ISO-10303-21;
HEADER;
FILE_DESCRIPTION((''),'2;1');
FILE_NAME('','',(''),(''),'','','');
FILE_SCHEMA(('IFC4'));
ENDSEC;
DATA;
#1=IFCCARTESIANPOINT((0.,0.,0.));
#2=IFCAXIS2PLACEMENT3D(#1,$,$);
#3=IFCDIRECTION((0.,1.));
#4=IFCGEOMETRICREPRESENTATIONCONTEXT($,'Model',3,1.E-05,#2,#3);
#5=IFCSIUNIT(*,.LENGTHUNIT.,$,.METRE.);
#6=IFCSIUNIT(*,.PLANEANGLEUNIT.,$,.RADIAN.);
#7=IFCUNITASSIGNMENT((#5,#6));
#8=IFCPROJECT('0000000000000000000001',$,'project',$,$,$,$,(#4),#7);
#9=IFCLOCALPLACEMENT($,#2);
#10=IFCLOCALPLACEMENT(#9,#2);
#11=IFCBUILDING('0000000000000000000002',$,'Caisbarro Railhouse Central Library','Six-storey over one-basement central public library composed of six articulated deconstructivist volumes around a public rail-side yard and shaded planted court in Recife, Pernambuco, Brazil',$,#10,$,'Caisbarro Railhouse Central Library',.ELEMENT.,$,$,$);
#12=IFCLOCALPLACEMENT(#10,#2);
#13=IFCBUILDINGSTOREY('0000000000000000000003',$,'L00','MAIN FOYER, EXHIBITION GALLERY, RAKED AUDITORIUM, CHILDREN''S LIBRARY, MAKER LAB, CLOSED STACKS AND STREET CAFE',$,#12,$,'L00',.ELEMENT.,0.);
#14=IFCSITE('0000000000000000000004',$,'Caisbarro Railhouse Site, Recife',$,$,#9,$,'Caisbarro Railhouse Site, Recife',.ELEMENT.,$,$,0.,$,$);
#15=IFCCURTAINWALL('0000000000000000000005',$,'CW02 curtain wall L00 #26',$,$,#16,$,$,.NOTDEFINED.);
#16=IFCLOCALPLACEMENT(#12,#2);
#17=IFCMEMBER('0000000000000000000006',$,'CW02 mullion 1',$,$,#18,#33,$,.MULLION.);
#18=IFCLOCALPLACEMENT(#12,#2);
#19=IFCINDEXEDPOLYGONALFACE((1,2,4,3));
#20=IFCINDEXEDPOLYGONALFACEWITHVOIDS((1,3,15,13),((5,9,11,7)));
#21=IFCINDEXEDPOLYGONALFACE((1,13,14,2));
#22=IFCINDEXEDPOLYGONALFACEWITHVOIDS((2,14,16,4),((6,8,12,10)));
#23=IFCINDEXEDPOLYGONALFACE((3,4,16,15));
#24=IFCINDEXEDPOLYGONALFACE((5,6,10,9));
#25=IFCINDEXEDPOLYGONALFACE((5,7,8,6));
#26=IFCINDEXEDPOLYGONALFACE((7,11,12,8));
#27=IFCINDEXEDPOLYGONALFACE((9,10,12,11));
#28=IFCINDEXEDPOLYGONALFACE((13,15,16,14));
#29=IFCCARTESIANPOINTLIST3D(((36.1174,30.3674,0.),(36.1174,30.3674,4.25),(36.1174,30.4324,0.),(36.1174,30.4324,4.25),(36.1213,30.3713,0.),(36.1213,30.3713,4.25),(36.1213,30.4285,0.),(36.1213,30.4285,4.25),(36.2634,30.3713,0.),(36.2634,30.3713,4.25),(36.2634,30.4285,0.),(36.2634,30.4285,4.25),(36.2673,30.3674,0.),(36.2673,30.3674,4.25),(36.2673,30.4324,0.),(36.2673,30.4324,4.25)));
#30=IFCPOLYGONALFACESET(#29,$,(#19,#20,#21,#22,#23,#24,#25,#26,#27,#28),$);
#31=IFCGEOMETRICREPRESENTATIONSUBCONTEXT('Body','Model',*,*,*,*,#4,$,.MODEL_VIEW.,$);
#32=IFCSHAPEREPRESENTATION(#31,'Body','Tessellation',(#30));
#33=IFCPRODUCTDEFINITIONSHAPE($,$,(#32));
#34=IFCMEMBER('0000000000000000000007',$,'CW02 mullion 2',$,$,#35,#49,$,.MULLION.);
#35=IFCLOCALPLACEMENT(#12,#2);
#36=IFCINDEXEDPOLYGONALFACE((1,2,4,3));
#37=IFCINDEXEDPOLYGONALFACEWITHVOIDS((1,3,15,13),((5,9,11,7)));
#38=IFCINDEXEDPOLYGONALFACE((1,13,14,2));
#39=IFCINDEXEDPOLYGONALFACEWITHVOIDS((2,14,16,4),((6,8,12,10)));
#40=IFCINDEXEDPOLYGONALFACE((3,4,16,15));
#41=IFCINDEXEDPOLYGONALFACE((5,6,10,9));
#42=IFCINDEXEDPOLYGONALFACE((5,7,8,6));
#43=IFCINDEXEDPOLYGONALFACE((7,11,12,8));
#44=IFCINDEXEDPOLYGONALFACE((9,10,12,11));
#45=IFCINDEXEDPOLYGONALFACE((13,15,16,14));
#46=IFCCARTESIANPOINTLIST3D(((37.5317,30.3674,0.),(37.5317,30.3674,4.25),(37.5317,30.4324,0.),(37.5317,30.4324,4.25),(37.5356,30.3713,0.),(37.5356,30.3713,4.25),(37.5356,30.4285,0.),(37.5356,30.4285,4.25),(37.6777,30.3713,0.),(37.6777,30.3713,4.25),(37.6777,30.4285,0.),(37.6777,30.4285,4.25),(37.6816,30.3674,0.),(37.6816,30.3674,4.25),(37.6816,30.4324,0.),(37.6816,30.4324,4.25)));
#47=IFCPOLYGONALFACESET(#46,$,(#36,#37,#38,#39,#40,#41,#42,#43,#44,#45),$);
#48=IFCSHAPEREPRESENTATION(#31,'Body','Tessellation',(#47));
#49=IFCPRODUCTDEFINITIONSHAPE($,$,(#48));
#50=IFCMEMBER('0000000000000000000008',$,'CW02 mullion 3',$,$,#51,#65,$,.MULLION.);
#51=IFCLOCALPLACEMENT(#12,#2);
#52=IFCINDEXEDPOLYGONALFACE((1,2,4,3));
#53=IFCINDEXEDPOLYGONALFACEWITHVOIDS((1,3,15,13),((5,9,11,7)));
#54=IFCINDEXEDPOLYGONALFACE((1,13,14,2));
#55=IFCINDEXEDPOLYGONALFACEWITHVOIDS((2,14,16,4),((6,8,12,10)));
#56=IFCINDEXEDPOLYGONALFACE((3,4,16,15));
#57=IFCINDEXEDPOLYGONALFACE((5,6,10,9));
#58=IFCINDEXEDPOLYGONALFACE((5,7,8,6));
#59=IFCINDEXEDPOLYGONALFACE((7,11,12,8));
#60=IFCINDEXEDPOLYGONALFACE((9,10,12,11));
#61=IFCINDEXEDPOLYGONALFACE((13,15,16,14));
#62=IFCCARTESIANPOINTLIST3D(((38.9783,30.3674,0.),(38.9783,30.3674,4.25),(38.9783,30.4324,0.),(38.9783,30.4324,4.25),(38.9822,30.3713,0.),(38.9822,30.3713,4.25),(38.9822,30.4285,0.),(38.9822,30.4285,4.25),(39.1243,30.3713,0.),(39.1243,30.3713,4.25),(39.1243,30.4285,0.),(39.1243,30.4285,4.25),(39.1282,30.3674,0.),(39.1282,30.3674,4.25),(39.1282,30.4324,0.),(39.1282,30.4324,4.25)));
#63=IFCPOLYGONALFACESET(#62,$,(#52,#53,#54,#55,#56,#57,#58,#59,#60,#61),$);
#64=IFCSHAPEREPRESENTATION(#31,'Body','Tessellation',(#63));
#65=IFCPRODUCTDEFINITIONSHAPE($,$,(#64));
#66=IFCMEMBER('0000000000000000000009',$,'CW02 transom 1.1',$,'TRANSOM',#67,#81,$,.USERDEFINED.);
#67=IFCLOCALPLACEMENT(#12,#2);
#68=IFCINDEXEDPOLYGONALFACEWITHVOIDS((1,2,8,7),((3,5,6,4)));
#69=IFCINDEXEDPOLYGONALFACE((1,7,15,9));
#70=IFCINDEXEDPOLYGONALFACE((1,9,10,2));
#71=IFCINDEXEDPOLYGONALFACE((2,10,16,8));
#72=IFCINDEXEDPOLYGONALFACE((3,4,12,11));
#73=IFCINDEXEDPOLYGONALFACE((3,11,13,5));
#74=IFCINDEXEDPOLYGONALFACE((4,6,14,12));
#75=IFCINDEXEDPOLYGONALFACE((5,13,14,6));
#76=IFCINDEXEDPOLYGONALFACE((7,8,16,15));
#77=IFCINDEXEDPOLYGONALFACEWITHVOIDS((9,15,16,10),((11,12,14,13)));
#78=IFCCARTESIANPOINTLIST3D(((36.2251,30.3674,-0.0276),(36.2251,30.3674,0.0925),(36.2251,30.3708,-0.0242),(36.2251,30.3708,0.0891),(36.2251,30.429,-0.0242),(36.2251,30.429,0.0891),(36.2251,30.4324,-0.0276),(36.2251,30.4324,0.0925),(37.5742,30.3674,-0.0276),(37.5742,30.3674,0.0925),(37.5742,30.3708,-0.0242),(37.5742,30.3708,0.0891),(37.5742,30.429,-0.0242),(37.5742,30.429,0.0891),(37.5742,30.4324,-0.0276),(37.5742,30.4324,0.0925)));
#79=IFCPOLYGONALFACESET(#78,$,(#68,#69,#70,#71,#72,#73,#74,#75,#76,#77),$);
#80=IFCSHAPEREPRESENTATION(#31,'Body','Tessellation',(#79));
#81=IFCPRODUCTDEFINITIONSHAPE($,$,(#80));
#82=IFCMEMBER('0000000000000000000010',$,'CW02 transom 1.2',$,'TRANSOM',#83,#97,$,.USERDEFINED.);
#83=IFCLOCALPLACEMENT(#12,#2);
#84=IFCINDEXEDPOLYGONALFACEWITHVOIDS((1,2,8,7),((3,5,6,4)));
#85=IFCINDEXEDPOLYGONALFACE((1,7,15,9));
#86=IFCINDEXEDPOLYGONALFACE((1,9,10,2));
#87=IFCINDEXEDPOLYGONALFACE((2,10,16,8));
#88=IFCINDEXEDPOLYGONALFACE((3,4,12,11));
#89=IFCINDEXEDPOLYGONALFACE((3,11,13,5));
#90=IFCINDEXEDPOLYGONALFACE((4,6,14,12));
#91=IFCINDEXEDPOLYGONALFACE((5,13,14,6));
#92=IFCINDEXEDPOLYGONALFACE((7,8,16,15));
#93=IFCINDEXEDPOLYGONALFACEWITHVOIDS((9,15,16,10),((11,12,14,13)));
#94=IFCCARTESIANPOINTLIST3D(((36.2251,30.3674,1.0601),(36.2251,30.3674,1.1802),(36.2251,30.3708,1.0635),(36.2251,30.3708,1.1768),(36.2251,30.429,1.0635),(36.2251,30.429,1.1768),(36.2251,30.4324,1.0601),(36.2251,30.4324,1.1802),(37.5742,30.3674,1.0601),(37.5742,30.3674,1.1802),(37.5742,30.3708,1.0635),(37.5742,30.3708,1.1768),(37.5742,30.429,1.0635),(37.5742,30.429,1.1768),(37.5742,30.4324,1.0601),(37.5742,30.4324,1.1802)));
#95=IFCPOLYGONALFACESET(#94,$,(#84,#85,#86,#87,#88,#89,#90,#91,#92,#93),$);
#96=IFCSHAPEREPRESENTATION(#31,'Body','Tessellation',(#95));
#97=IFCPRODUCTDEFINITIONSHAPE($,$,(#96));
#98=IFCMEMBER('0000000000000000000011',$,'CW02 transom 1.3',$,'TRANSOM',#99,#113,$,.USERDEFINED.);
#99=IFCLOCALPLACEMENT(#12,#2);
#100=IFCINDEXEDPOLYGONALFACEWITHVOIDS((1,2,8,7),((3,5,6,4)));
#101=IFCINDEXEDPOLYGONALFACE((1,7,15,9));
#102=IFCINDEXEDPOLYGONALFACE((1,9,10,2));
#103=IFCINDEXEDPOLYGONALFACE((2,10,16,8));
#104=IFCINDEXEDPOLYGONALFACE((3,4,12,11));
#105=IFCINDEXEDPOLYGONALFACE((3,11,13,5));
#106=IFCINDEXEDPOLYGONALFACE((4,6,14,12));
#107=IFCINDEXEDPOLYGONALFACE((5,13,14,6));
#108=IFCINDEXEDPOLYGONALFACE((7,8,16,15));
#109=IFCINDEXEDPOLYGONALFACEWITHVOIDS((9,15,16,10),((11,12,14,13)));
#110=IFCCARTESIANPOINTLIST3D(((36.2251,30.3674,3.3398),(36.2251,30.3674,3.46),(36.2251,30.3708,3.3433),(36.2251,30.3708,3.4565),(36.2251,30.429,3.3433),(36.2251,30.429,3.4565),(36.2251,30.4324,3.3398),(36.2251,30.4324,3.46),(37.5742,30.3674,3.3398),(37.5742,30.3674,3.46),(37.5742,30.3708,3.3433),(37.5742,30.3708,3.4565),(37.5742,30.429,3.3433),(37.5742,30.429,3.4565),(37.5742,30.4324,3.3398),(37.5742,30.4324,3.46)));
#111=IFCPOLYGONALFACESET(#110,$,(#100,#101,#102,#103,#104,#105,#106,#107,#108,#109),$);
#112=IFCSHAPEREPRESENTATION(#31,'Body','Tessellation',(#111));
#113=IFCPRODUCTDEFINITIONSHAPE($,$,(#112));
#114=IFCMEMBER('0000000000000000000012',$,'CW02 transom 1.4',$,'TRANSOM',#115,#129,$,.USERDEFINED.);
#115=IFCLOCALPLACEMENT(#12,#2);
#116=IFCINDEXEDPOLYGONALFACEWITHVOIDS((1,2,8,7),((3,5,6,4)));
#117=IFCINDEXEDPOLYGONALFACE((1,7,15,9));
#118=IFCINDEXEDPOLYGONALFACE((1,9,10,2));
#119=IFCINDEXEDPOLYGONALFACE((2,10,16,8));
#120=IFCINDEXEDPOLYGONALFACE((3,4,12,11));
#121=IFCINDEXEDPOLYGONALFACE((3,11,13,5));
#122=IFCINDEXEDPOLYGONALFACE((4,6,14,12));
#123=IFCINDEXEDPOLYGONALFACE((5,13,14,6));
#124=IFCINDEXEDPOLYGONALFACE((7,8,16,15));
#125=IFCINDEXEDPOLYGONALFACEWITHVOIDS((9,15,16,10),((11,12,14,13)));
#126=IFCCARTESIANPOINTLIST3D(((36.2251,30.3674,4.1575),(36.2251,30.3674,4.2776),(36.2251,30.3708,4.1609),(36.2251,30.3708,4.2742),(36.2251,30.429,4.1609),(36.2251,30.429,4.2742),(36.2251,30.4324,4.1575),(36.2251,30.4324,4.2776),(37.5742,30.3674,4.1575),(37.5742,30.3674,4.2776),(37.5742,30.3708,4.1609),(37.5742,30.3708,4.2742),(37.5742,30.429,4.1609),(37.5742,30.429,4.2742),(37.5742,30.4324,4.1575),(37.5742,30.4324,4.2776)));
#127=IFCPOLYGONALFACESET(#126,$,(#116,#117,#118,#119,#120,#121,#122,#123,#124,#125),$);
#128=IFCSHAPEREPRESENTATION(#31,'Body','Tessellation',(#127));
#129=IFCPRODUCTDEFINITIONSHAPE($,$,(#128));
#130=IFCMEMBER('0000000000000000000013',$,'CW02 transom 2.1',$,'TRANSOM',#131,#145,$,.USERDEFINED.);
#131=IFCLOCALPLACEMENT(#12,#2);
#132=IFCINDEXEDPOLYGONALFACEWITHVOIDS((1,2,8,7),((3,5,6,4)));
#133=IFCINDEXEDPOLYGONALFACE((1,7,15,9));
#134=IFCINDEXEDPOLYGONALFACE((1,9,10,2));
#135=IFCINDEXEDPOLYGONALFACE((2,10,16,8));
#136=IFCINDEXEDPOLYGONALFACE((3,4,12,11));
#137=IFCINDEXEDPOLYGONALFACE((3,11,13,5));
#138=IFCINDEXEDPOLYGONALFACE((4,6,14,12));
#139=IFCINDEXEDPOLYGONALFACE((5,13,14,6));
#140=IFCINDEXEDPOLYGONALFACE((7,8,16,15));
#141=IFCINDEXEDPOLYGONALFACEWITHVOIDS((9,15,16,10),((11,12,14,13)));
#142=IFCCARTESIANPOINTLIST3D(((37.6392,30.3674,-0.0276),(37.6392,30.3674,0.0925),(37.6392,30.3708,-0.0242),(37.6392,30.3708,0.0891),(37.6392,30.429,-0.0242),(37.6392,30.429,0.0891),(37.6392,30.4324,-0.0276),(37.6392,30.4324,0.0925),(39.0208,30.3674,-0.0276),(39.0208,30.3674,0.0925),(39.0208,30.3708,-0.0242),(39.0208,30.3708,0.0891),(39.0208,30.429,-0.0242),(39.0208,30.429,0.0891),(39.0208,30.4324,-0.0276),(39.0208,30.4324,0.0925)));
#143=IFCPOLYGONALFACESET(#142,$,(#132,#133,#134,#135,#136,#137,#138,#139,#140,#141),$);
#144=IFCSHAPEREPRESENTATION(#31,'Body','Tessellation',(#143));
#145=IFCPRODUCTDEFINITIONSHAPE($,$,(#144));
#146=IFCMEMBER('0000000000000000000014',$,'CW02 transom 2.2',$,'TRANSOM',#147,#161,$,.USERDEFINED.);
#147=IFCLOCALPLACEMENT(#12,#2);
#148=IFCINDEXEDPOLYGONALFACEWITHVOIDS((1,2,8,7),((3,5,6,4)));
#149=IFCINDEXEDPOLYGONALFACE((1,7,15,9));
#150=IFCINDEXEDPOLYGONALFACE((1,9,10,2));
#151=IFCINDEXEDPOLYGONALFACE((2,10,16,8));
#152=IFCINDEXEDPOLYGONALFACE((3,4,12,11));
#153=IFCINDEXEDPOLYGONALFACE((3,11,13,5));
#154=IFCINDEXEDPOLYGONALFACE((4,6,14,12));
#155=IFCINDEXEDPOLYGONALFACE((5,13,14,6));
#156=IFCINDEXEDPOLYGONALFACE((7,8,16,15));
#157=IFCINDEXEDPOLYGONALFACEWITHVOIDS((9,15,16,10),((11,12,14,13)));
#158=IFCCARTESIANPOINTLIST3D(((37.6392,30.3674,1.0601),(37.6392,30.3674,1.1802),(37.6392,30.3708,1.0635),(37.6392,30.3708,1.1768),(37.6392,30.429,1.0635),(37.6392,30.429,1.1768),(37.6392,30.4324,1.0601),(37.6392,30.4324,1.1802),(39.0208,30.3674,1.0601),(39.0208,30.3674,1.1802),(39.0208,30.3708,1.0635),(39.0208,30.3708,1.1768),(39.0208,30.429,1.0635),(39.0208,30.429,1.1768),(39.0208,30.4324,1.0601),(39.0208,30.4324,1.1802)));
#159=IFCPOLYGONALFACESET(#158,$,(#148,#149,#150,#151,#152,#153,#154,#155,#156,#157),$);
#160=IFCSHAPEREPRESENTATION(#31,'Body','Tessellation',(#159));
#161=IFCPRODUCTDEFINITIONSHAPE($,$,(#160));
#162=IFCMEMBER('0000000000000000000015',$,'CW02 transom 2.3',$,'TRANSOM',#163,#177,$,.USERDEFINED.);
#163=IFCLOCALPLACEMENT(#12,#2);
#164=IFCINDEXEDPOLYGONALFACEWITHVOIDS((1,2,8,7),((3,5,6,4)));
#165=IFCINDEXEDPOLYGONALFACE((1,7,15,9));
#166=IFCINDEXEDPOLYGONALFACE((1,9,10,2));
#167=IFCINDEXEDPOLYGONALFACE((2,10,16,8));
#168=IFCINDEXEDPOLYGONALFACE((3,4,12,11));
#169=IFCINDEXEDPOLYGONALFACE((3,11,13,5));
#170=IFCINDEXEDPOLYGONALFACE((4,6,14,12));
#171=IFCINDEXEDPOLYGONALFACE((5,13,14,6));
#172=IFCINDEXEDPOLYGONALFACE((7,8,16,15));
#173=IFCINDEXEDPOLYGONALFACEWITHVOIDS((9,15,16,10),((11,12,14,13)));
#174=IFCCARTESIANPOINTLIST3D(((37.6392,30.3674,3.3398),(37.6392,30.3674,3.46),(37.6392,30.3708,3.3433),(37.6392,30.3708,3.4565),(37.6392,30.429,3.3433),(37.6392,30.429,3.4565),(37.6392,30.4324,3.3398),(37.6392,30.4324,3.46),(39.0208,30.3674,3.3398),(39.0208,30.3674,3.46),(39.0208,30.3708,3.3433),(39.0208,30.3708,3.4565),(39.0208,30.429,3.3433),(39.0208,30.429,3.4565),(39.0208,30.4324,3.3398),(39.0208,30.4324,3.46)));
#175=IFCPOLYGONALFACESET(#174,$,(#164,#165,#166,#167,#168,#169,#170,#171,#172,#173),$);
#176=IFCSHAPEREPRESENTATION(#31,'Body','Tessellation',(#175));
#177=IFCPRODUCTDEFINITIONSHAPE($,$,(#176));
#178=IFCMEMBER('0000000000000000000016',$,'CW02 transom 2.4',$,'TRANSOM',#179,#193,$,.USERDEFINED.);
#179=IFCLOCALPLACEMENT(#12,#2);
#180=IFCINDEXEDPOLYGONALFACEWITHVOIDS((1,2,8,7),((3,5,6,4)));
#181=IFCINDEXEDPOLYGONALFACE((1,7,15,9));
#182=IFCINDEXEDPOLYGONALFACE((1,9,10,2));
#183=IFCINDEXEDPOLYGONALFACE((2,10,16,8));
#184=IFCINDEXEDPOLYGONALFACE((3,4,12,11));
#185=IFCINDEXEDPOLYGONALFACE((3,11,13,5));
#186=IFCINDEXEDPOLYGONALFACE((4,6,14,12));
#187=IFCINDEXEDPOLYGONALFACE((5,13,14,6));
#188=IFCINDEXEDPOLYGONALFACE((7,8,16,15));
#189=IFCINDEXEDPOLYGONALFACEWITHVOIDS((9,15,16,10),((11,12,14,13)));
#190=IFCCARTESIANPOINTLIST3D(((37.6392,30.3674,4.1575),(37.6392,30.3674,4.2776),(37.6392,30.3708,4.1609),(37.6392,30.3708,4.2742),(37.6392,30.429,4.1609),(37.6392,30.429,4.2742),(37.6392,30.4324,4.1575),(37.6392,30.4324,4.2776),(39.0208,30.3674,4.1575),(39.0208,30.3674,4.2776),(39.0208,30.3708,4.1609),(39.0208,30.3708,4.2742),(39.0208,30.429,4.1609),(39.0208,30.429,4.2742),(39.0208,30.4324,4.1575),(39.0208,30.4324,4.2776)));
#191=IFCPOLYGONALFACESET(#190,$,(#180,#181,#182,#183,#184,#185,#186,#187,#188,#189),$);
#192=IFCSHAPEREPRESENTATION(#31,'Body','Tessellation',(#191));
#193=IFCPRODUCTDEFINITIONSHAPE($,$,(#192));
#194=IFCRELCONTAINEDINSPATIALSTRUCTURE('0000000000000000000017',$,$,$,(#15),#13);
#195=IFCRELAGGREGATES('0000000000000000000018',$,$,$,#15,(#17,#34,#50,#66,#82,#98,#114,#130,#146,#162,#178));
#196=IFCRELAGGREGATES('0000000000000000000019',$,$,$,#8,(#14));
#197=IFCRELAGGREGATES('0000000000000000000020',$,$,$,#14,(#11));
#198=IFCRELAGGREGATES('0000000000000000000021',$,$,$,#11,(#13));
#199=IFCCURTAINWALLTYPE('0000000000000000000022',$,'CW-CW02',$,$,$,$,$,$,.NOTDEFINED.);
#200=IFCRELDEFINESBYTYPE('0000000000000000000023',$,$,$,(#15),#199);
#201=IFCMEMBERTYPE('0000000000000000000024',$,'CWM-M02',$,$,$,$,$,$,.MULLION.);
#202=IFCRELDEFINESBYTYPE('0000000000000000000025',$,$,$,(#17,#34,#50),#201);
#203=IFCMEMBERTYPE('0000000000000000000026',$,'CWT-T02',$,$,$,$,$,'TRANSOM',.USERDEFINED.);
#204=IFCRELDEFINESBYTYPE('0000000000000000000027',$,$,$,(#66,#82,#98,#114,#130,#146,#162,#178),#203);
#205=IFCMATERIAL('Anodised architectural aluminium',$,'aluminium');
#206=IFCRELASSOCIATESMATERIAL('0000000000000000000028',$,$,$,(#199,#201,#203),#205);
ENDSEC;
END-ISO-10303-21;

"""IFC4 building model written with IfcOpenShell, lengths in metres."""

from ifc_helpers import new_model, si_unit, direction, frame, origin, origin_2d, place, context, subcontext, project, spatial, hollow_rectangle, extrude, material, material_profile, profile_set, type_object, element, aggregate, save


model = new_model("IFC4")

# Units and contexts
model_context = context("Model", 3, precision=1e-05, world=origin(), true_north=direction((0.0, 1.0)))
body_context = subcontext(model_context, "Body", "Model", "MODEL_VIEW")
ifc_project = project(units=[si_unit("LENGTHUNIT", "METRE"), si_unit("PLANEANGLEUNIT", "RADIAN")], contexts=[model_context])

# Site, building, storey
site_placement = place(None, origin())
site = spatial("IfcSite", under=ifc_project, at=site_placement, Name="Caisbarro Railhouse Site, Recife", LongName="Caisbarro Railhouse Site, Recife", CompositionType="ELEMENT", RefElevation=0.0)
building_placement = place(site_placement, origin())
building = spatial("IfcBuilding", under=site, at=building_placement, Name="Caisbarro Railhouse Central Library", Description="Six-storey over one-basement central public library composed of six articulated deconstructivist volumes around a public rail-side yard and shaded planted court in Recife, Pernambuco, Brazil", LongName="Caisbarro Railhouse Central Library", CompositionType="ELEMENT")
storey_placement = place(building_placement, origin())
storey = spatial("IfcBuildingStorey", under=building, at=storey_placement, Name="L00", Description="MAIN FOYER, EXHIBITION GALLERY, RAKED AUDITORIUM, CHILDREN'S LIBRARY, MAKER LAB, CLOSED STACKS AND STREET CAFE", LongName="L00", CompositionType="ELEMENT", Elevation=0.0)

# Curtain wall, members
ifc_material_1 = material(Name="Anodised architectural aluminium", Category="aluminium")
curtain_wall_type = type_object("IfcCurtainWallType", Name="CW-CW02", PredefinedType="NOTDEFINED", material=ifc_material_1)
curtain_wall_placement = place(storey_placement, origin())
curtain_wall = element("IfcCurtainWall", 1, at=curtain_wall_placement, inside=storey, type_object=curtain_wall_type, Name="CW02 curtain wall L00 #26", PredefinedType="NOTDEFINED")
ifc_material_profile_1 = material_profile(ifc_material_1, hollow_rectangle(XDim=0.0649, YDim=0.1499, WallThickness=0.0039, at=origin_2d()), Name="ALU-MUL-65X150")
ifc_profile_set_1 = profile_set([ifc_material_profile_1], Name="Anodised architectural aluminium")
member_type_1 = type_object("IfcMemberType", Name="CWM-M02", PredefinedType="MULLION", material=ifc_profile_set_1)
member_1_placement = place(storey_placement, frame((36.1924, 30.3999, 0.0), z_axis=(0.0, 0.0, 1.0), x_axis=(0.0, 1.0, 0.0)))
member_1 = element("IfcMember", 2, at=member_1_placement, type_object=member_type_1, Name="CW02 mullion 1", PredefinedType="MULLION", context=body_context, shape_type="SweptSolid", body=[
    extrude(hollow_rectangle(XDim=0.0649, YDim=0.1499, WallThickness=0.0039, at=origin_2d()), origin(), (0.0, 0.0, 1.0), 4.25),
])
member_2_placement = place(storey_placement, frame((37.6067, 30.3999, 0.0), z_axis=(0.0, 0.0, 1.0), x_axis=(0.0, 1.0, 0.0)))
member_2 = element("IfcMember", 3, at=member_2_placement, type_object=member_type_1, Name="CW02 mullion 2", PredefinedType="MULLION", context=body_context, shape_type="SweptSolid", body=[
    extrude(hollow_rectangle(XDim=0.0649, YDim=0.1499, WallThickness=0.0039, at=origin_2d()), origin(), (0.0, 0.0, 1.0), 4.25),
])
member_3_placement = place(storey_placement, frame((39.0532, 30.3999, 0.0), z_axis=(0.0, 0.0, 1.0), x_axis=(0.0, 1.0, 0.0)))
member_3 = element("IfcMember", 4, at=member_3_placement, type_object=member_type_1, Name="CW02 mullion 3", PredefinedType="MULLION", context=body_context, shape_type="SweptSolid", body=[
    extrude(hollow_rectangle(XDim=0.0649, YDim=0.1499, WallThickness=0.0039, at=origin_2d()), origin(), (0.0, 0.0, 1.0), 4.25),
])
ifc_material_profile_2 = material_profile(ifc_material_1, hollow_rectangle(XDim=0.0649, YDim=0.1201, WallThickness=0.0034, at=origin_2d()), Name="ALU-TRN-65X120")
ifc_profile_set_2 = profile_set([ifc_material_profile_2], Name="Anodised architectural aluminium")
member_type_2 = type_object("IfcMemberType", Name="CWT-T02", ElementType="TRANSOM", PredefinedType="USERDEFINED", material=ifc_profile_set_2)
member_4_placement = place(storey_placement, frame((36.2251, 30.3999, 0.0325), z_axis=(1.0, 0.0, 0.0), x_axis=(0.0, 1.0, 0.0)))
member_4 = element("IfcMember", 5, at=member_4_placement, type_object=member_type_2, Name="CW02 transom 1.1", ObjectType="TRANSOM", PredefinedType="USERDEFINED", context=body_context, shape_type="SweptSolid", body=[
    extrude(hollow_rectangle(XDim=0.0649, YDim=0.1201, WallThickness=0.0034, at=origin_2d()), origin(), (0.0, 0.0, 1.0), 1.3491),
])
member_5_placement = place(storey_placement, frame((36.2251, 30.3999, 1.1201), z_axis=(1.0, 0.0, 0.0), x_axis=(0.0, 1.0, 0.0)))
member_5 = element("IfcMember", 6, at=member_5_placement, type_object=member_type_2, Name="CW02 transom 1.2", ObjectType="TRANSOM", PredefinedType="USERDEFINED", context=body_context, shape_type="SweptSolid", body=[
    extrude(hollow_rectangle(XDim=0.0649, YDim=0.1201, WallThickness=0.0034, at=origin_2d()), origin(), (0.0, 0.0, 1.0), 1.3491),
])
member_6_placement = place(storey_placement, frame((36.2251, 30.3999, 3.3999), z_axis=(1.0, 0.0, 0.0), x_axis=(0.0, 1.0, 0.0)))
member_6 = element("IfcMember", 7, at=member_6_placement, type_object=member_type_2, Name="CW02 transom 1.3", ObjectType="TRANSOM", PredefinedType="USERDEFINED", context=body_context, shape_type="SweptSolid", body=[
    extrude(hollow_rectangle(XDim=0.0649, YDim=0.1201, WallThickness=0.0034, at=origin_2d()), origin(), (0.0, 0.0, 1.0), 1.3491),
])
member_7_placement = place(storey_placement, frame((36.2251, 30.3999, 4.2175), z_axis=(1.0, 0.0, 0.0), x_axis=(0.0, 1.0, 0.0)))
member_7 = element("IfcMember", 8, at=member_7_placement, type_object=member_type_2, Name="CW02 transom 1.4", ObjectType="TRANSOM", PredefinedType="USERDEFINED", context=body_context, shape_type="SweptSolid", body=[
    extrude(hollow_rectangle(XDim=0.0649, YDim=0.1201, WallThickness=0.0034, at=origin_2d()), origin(), (0.0, 0.0, 1.0), 1.3491),
])
member_8_placement = place(storey_placement, frame((37.6392, 30.3999, 0.0325), z_axis=(1.0, 0.0, 0.0), x_axis=(0.0, 1.0, 0.0)))
member_8 = element("IfcMember", 9, at=member_8_placement, type_object=member_type_2, Name="CW02 transom 2.1", ObjectType="TRANSOM", PredefinedType="USERDEFINED", context=body_context, shape_type="SweptSolid", body=[
    extrude(hollow_rectangle(XDim=0.0649, YDim=0.1201, WallThickness=0.0034, at=origin_2d()), origin(), (0.0, 0.0, 1.0), 1.3816),
])
member_9_placement = place(storey_placement, frame((37.6392, 30.3999, 1.1201), z_axis=(1.0, 0.0, 0.0), x_axis=(0.0, 1.0, 0.0)))
member_9 = element("IfcMember", 10, at=member_9_placement, type_object=member_type_2, Name="CW02 transom 2.2", ObjectType="TRANSOM", PredefinedType="USERDEFINED", context=body_context, shape_type="SweptSolid", body=[
    extrude(hollow_rectangle(XDim=0.0649, YDim=0.1201, WallThickness=0.0034, at=origin_2d()), origin(), (0.0, 0.0, 1.0), 1.3816),
])
member_10_placement = place(storey_placement, frame((37.6392, 30.3999, 3.3999), z_axis=(1.0, 0.0, 0.0), x_axis=(0.0, 1.0, 0.0)))
member_10 = element("IfcMember", 11, at=member_10_placement, type_object=member_type_2, Name="CW02 transom 2.3", ObjectType="TRANSOM", PredefinedType="USERDEFINED", context=body_context, shape_type="SweptSolid", body=[
    extrude(hollow_rectangle(XDim=0.0649, YDim=0.1201, WallThickness=0.0034, at=origin_2d()), origin(), (0.0, 0.0, 1.0), 1.3816),
])
member_11_placement = place(storey_placement, frame((37.6392, 30.3999, 4.2175), z_axis=(1.0, 0.0, 0.0), x_axis=(0.0, 1.0, 0.0)))
member_11 = element("IfcMember", 12, at=member_11_placement, type_object=member_type_2, Name="CW02 transom 2.4", ObjectType="TRANSOM", PredefinedType="USERDEFINED", context=body_context, shape_type="SweptSolid", body=[
    extrude(hollow_rectangle(XDim=0.0649, YDim=0.1201, WallThickness=0.0034, at=origin_2d()), origin(), (0.0, 0.0, 1.0), 1.3816),
])
aggregate(curtain_wall, [member_1, member_2, member_3, member_4, member_5, member_6, member_7, member_8, member_9, member_10, member_11])

save(model, "model.ifc")
